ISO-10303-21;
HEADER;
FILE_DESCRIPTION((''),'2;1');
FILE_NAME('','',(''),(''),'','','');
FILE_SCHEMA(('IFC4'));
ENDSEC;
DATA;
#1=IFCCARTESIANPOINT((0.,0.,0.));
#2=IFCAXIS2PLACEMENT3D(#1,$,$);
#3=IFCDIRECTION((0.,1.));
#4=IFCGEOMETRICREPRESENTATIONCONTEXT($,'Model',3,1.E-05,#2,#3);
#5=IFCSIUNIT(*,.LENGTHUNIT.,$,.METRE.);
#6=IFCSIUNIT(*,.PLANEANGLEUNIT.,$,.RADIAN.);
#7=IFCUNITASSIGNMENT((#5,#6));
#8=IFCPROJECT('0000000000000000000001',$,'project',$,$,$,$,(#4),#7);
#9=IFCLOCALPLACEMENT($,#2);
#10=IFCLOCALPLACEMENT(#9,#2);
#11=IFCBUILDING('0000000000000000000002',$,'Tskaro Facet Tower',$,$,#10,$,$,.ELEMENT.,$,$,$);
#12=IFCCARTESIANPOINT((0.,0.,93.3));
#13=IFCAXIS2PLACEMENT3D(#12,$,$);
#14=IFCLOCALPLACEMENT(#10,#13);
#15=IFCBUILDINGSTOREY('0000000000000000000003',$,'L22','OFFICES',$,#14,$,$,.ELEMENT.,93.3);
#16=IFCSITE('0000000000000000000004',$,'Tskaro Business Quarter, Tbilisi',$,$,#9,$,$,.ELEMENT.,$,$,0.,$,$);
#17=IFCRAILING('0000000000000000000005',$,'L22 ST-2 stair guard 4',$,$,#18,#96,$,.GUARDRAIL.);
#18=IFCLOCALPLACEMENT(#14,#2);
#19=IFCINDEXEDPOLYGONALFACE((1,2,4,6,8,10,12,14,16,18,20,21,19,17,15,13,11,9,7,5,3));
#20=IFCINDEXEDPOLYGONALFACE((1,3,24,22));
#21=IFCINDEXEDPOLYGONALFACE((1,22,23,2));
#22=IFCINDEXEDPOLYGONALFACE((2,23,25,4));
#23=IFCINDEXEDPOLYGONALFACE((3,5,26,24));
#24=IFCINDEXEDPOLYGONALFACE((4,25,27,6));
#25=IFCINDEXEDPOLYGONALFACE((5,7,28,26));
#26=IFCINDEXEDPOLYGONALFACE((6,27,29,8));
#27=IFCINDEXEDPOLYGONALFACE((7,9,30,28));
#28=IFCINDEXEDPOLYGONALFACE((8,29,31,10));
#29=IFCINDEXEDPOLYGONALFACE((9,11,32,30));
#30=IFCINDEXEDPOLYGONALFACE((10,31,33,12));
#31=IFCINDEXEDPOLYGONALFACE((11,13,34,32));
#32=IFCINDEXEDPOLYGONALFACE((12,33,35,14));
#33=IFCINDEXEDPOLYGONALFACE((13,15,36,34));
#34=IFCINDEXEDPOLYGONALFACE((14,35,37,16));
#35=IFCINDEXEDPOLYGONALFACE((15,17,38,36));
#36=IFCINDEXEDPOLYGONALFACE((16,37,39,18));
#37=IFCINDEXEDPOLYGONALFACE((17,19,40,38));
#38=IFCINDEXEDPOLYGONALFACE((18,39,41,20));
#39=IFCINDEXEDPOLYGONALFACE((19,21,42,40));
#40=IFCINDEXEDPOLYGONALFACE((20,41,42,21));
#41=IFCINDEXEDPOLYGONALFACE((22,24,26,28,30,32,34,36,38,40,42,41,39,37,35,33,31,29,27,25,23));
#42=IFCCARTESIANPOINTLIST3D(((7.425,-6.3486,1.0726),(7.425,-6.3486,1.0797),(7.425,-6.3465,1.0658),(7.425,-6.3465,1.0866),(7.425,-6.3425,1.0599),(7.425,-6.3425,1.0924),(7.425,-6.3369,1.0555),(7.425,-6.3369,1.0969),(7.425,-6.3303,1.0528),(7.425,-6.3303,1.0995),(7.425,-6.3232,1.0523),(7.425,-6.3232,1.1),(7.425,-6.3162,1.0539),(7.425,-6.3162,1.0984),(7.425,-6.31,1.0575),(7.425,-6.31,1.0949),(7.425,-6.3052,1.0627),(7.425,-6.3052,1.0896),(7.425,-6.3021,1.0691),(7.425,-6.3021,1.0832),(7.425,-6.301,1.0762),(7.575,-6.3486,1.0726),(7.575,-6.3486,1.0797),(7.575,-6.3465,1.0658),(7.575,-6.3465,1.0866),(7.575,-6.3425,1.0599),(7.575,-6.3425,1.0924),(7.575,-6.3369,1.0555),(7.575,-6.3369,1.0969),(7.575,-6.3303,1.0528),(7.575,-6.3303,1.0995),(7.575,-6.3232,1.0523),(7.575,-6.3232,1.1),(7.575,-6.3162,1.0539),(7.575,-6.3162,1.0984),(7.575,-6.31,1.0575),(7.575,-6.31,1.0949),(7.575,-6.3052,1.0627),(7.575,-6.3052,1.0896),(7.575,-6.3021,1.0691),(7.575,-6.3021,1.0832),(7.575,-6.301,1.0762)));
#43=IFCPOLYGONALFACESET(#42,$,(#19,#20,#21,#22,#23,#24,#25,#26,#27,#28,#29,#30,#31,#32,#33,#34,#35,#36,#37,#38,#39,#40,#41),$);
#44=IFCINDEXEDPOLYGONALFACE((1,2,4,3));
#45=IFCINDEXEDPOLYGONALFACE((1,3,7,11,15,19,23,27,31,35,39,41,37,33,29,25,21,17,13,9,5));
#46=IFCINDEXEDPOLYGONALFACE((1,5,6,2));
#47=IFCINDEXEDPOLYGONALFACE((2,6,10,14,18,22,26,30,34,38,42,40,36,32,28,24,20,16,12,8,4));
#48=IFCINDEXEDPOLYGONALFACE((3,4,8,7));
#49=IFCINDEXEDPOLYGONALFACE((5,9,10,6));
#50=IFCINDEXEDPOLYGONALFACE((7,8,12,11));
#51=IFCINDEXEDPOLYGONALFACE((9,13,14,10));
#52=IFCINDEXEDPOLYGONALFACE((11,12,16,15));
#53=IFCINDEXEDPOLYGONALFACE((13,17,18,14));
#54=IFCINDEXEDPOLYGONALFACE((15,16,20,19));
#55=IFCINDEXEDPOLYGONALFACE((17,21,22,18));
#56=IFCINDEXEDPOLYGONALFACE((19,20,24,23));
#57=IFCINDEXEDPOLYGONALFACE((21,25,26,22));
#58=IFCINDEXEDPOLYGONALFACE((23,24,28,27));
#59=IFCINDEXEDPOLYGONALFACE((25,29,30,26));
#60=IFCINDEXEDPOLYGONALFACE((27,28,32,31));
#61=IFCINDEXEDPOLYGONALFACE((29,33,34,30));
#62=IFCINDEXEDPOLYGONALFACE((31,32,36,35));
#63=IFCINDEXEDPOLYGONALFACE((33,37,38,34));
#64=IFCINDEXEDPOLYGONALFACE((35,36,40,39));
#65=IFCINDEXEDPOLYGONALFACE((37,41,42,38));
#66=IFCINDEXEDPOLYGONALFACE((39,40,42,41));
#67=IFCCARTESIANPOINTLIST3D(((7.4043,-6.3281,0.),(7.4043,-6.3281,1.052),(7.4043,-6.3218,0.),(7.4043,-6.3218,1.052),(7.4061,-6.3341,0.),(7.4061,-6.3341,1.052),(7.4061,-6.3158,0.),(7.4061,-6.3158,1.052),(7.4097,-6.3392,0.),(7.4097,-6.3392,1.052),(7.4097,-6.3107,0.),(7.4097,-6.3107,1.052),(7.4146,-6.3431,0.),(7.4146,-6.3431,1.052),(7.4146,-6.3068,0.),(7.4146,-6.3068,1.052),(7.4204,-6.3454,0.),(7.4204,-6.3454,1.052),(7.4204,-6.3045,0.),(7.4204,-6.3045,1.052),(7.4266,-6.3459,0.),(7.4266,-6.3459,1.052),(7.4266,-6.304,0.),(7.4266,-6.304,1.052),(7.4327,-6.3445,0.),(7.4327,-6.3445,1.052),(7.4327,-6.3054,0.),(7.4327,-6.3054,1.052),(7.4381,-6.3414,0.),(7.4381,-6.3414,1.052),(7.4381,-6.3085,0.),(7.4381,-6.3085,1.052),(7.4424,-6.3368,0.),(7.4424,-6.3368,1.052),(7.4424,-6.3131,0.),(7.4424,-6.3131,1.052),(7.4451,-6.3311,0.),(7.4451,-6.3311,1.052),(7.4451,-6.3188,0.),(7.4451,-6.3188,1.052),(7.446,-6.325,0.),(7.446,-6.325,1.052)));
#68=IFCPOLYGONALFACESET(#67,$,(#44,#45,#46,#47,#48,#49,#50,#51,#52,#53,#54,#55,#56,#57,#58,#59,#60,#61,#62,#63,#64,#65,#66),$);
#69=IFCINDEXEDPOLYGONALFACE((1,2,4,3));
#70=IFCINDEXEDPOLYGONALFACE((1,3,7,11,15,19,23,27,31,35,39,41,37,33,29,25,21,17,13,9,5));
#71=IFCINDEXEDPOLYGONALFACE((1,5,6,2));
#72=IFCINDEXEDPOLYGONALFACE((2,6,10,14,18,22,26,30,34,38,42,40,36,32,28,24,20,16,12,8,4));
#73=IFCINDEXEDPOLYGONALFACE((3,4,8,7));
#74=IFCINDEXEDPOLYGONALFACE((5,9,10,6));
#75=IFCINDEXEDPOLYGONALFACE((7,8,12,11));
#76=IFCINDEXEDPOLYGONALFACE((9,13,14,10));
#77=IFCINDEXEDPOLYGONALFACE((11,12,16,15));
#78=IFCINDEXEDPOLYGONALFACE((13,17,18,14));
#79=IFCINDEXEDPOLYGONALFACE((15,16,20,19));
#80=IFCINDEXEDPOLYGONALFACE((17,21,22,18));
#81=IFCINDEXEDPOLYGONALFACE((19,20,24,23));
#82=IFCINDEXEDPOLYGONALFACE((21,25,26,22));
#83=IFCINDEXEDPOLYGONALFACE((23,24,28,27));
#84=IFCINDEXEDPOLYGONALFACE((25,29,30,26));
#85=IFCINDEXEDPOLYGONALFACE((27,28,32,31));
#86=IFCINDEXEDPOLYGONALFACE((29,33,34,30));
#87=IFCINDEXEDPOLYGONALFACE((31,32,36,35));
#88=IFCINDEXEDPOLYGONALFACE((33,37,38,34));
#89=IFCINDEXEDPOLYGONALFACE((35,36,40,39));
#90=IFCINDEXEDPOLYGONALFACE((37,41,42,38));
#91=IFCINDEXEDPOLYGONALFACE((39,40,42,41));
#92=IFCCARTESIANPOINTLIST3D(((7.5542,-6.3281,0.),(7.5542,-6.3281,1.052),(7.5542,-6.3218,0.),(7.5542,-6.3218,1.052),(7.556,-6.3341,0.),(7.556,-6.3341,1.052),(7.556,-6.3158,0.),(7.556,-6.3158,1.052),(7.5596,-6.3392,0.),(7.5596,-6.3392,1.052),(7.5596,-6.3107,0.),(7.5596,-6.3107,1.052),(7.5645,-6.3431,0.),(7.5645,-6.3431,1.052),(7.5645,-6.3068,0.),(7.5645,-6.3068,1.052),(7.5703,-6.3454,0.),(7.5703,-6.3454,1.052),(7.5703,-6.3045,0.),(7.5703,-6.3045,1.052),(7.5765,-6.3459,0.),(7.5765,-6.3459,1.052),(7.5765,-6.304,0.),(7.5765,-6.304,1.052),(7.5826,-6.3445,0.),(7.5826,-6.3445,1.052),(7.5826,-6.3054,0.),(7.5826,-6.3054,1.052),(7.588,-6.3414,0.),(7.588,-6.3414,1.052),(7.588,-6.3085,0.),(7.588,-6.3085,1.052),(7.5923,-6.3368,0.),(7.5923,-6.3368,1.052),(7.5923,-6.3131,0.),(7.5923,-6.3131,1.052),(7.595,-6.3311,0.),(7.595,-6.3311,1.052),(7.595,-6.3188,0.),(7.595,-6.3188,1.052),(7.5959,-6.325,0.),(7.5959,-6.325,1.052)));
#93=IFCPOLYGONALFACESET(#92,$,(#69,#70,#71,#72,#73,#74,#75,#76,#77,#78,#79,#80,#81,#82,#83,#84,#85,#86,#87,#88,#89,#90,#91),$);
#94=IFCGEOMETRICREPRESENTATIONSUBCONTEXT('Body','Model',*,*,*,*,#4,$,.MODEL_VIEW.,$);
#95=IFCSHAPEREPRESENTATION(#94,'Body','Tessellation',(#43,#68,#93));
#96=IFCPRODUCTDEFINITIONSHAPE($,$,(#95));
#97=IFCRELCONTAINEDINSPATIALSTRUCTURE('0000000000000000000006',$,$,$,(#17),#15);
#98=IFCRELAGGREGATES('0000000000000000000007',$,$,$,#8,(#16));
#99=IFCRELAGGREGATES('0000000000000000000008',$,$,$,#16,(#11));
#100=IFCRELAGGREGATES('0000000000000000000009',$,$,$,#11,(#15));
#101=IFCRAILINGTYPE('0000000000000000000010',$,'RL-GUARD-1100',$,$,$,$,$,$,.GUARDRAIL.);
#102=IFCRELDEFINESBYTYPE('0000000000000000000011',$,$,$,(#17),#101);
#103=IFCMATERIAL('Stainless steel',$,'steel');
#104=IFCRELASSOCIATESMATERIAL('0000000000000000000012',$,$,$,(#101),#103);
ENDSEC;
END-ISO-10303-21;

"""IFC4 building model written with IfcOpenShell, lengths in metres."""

from ifc_helpers import new_model, si_unit, direction, frame, origin, origin_2d, place, context, subcontext, project, spatial, circle, extrude, material, type_object, element, save


model = new_model("IFC4")

# Units and contexts
model_context = context("Model", 3, precision=1e-05, world=origin(), true_north=direction((0.0, 1.0)))
body_context = subcontext(model_context, "Body", "Model", "MODEL_VIEW")
ifc_project = project(units=[si_unit("LENGTHUNIT", "METRE"), si_unit("PLANEANGLEUNIT", "RADIAN")], contexts=[model_context])

# Site, building, storey
site_placement = place(None, origin())
site = spatial("IfcSite", under=ifc_project, at=site_placement, Name="Tskaro Business Quarter, Tbilisi", CompositionType="ELEMENT", RefElevation=0.0)
building_placement = place(site_placement, origin())
building = spatial("IfcBuilding", under=site, at=building_placement, Name="Tskaro Facet Tower", CompositionType="ELEMENT")
storey_placement = place(building_placement, frame((0.0, 0.0, 93.3)))
storey = spatial("IfcBuildingStorey", under=building, at=storey_placement, Name="L22", Description="OFFICES", CompositionType="ELEMENT", Elevation=93.3)

# Railing
ifc_material_1 = material(Name="Stainless steel", Category="steel")
railing_type_1 = type_object("IfcRailingType", Name="RL-GUARD-1100", PredefinedType="GUARDRAIL", material=ifc_material_1)
railing_1_placement = place(storey_placement, frame((7.425, -6.325, 0.0)))
element("IfcRailing", 1, at=railing_1_placement, inside=storey, type_object=railing_type_1, Name="L22 ST-2 stair guard 4", PredefinedType="GUARDRAIL", context=body_context, shape_type="SweptSolid", body=[
    extrude(circle(Radius=0.0239, at=origin_2d()), frame((0.0, 0.0, 1.0762), z_axis=(1.0, 0.0, 0.0), x_axis=(0.0, 1.0, 0.0)), (0.0, 0.0, 1.0), 0.1499),
    extrude(circle(Radius=0.021, at=origin_2d()), origin(), (0.0, 0.0, 1.0), 1.052),
    extrude(circle(Radius=0.021, at=origin_2d()), frame((0.1499, 0.0, 0.0)), (0.0, 0.0, 1.0), 1.052),
])

save(model, "model.ifc")
